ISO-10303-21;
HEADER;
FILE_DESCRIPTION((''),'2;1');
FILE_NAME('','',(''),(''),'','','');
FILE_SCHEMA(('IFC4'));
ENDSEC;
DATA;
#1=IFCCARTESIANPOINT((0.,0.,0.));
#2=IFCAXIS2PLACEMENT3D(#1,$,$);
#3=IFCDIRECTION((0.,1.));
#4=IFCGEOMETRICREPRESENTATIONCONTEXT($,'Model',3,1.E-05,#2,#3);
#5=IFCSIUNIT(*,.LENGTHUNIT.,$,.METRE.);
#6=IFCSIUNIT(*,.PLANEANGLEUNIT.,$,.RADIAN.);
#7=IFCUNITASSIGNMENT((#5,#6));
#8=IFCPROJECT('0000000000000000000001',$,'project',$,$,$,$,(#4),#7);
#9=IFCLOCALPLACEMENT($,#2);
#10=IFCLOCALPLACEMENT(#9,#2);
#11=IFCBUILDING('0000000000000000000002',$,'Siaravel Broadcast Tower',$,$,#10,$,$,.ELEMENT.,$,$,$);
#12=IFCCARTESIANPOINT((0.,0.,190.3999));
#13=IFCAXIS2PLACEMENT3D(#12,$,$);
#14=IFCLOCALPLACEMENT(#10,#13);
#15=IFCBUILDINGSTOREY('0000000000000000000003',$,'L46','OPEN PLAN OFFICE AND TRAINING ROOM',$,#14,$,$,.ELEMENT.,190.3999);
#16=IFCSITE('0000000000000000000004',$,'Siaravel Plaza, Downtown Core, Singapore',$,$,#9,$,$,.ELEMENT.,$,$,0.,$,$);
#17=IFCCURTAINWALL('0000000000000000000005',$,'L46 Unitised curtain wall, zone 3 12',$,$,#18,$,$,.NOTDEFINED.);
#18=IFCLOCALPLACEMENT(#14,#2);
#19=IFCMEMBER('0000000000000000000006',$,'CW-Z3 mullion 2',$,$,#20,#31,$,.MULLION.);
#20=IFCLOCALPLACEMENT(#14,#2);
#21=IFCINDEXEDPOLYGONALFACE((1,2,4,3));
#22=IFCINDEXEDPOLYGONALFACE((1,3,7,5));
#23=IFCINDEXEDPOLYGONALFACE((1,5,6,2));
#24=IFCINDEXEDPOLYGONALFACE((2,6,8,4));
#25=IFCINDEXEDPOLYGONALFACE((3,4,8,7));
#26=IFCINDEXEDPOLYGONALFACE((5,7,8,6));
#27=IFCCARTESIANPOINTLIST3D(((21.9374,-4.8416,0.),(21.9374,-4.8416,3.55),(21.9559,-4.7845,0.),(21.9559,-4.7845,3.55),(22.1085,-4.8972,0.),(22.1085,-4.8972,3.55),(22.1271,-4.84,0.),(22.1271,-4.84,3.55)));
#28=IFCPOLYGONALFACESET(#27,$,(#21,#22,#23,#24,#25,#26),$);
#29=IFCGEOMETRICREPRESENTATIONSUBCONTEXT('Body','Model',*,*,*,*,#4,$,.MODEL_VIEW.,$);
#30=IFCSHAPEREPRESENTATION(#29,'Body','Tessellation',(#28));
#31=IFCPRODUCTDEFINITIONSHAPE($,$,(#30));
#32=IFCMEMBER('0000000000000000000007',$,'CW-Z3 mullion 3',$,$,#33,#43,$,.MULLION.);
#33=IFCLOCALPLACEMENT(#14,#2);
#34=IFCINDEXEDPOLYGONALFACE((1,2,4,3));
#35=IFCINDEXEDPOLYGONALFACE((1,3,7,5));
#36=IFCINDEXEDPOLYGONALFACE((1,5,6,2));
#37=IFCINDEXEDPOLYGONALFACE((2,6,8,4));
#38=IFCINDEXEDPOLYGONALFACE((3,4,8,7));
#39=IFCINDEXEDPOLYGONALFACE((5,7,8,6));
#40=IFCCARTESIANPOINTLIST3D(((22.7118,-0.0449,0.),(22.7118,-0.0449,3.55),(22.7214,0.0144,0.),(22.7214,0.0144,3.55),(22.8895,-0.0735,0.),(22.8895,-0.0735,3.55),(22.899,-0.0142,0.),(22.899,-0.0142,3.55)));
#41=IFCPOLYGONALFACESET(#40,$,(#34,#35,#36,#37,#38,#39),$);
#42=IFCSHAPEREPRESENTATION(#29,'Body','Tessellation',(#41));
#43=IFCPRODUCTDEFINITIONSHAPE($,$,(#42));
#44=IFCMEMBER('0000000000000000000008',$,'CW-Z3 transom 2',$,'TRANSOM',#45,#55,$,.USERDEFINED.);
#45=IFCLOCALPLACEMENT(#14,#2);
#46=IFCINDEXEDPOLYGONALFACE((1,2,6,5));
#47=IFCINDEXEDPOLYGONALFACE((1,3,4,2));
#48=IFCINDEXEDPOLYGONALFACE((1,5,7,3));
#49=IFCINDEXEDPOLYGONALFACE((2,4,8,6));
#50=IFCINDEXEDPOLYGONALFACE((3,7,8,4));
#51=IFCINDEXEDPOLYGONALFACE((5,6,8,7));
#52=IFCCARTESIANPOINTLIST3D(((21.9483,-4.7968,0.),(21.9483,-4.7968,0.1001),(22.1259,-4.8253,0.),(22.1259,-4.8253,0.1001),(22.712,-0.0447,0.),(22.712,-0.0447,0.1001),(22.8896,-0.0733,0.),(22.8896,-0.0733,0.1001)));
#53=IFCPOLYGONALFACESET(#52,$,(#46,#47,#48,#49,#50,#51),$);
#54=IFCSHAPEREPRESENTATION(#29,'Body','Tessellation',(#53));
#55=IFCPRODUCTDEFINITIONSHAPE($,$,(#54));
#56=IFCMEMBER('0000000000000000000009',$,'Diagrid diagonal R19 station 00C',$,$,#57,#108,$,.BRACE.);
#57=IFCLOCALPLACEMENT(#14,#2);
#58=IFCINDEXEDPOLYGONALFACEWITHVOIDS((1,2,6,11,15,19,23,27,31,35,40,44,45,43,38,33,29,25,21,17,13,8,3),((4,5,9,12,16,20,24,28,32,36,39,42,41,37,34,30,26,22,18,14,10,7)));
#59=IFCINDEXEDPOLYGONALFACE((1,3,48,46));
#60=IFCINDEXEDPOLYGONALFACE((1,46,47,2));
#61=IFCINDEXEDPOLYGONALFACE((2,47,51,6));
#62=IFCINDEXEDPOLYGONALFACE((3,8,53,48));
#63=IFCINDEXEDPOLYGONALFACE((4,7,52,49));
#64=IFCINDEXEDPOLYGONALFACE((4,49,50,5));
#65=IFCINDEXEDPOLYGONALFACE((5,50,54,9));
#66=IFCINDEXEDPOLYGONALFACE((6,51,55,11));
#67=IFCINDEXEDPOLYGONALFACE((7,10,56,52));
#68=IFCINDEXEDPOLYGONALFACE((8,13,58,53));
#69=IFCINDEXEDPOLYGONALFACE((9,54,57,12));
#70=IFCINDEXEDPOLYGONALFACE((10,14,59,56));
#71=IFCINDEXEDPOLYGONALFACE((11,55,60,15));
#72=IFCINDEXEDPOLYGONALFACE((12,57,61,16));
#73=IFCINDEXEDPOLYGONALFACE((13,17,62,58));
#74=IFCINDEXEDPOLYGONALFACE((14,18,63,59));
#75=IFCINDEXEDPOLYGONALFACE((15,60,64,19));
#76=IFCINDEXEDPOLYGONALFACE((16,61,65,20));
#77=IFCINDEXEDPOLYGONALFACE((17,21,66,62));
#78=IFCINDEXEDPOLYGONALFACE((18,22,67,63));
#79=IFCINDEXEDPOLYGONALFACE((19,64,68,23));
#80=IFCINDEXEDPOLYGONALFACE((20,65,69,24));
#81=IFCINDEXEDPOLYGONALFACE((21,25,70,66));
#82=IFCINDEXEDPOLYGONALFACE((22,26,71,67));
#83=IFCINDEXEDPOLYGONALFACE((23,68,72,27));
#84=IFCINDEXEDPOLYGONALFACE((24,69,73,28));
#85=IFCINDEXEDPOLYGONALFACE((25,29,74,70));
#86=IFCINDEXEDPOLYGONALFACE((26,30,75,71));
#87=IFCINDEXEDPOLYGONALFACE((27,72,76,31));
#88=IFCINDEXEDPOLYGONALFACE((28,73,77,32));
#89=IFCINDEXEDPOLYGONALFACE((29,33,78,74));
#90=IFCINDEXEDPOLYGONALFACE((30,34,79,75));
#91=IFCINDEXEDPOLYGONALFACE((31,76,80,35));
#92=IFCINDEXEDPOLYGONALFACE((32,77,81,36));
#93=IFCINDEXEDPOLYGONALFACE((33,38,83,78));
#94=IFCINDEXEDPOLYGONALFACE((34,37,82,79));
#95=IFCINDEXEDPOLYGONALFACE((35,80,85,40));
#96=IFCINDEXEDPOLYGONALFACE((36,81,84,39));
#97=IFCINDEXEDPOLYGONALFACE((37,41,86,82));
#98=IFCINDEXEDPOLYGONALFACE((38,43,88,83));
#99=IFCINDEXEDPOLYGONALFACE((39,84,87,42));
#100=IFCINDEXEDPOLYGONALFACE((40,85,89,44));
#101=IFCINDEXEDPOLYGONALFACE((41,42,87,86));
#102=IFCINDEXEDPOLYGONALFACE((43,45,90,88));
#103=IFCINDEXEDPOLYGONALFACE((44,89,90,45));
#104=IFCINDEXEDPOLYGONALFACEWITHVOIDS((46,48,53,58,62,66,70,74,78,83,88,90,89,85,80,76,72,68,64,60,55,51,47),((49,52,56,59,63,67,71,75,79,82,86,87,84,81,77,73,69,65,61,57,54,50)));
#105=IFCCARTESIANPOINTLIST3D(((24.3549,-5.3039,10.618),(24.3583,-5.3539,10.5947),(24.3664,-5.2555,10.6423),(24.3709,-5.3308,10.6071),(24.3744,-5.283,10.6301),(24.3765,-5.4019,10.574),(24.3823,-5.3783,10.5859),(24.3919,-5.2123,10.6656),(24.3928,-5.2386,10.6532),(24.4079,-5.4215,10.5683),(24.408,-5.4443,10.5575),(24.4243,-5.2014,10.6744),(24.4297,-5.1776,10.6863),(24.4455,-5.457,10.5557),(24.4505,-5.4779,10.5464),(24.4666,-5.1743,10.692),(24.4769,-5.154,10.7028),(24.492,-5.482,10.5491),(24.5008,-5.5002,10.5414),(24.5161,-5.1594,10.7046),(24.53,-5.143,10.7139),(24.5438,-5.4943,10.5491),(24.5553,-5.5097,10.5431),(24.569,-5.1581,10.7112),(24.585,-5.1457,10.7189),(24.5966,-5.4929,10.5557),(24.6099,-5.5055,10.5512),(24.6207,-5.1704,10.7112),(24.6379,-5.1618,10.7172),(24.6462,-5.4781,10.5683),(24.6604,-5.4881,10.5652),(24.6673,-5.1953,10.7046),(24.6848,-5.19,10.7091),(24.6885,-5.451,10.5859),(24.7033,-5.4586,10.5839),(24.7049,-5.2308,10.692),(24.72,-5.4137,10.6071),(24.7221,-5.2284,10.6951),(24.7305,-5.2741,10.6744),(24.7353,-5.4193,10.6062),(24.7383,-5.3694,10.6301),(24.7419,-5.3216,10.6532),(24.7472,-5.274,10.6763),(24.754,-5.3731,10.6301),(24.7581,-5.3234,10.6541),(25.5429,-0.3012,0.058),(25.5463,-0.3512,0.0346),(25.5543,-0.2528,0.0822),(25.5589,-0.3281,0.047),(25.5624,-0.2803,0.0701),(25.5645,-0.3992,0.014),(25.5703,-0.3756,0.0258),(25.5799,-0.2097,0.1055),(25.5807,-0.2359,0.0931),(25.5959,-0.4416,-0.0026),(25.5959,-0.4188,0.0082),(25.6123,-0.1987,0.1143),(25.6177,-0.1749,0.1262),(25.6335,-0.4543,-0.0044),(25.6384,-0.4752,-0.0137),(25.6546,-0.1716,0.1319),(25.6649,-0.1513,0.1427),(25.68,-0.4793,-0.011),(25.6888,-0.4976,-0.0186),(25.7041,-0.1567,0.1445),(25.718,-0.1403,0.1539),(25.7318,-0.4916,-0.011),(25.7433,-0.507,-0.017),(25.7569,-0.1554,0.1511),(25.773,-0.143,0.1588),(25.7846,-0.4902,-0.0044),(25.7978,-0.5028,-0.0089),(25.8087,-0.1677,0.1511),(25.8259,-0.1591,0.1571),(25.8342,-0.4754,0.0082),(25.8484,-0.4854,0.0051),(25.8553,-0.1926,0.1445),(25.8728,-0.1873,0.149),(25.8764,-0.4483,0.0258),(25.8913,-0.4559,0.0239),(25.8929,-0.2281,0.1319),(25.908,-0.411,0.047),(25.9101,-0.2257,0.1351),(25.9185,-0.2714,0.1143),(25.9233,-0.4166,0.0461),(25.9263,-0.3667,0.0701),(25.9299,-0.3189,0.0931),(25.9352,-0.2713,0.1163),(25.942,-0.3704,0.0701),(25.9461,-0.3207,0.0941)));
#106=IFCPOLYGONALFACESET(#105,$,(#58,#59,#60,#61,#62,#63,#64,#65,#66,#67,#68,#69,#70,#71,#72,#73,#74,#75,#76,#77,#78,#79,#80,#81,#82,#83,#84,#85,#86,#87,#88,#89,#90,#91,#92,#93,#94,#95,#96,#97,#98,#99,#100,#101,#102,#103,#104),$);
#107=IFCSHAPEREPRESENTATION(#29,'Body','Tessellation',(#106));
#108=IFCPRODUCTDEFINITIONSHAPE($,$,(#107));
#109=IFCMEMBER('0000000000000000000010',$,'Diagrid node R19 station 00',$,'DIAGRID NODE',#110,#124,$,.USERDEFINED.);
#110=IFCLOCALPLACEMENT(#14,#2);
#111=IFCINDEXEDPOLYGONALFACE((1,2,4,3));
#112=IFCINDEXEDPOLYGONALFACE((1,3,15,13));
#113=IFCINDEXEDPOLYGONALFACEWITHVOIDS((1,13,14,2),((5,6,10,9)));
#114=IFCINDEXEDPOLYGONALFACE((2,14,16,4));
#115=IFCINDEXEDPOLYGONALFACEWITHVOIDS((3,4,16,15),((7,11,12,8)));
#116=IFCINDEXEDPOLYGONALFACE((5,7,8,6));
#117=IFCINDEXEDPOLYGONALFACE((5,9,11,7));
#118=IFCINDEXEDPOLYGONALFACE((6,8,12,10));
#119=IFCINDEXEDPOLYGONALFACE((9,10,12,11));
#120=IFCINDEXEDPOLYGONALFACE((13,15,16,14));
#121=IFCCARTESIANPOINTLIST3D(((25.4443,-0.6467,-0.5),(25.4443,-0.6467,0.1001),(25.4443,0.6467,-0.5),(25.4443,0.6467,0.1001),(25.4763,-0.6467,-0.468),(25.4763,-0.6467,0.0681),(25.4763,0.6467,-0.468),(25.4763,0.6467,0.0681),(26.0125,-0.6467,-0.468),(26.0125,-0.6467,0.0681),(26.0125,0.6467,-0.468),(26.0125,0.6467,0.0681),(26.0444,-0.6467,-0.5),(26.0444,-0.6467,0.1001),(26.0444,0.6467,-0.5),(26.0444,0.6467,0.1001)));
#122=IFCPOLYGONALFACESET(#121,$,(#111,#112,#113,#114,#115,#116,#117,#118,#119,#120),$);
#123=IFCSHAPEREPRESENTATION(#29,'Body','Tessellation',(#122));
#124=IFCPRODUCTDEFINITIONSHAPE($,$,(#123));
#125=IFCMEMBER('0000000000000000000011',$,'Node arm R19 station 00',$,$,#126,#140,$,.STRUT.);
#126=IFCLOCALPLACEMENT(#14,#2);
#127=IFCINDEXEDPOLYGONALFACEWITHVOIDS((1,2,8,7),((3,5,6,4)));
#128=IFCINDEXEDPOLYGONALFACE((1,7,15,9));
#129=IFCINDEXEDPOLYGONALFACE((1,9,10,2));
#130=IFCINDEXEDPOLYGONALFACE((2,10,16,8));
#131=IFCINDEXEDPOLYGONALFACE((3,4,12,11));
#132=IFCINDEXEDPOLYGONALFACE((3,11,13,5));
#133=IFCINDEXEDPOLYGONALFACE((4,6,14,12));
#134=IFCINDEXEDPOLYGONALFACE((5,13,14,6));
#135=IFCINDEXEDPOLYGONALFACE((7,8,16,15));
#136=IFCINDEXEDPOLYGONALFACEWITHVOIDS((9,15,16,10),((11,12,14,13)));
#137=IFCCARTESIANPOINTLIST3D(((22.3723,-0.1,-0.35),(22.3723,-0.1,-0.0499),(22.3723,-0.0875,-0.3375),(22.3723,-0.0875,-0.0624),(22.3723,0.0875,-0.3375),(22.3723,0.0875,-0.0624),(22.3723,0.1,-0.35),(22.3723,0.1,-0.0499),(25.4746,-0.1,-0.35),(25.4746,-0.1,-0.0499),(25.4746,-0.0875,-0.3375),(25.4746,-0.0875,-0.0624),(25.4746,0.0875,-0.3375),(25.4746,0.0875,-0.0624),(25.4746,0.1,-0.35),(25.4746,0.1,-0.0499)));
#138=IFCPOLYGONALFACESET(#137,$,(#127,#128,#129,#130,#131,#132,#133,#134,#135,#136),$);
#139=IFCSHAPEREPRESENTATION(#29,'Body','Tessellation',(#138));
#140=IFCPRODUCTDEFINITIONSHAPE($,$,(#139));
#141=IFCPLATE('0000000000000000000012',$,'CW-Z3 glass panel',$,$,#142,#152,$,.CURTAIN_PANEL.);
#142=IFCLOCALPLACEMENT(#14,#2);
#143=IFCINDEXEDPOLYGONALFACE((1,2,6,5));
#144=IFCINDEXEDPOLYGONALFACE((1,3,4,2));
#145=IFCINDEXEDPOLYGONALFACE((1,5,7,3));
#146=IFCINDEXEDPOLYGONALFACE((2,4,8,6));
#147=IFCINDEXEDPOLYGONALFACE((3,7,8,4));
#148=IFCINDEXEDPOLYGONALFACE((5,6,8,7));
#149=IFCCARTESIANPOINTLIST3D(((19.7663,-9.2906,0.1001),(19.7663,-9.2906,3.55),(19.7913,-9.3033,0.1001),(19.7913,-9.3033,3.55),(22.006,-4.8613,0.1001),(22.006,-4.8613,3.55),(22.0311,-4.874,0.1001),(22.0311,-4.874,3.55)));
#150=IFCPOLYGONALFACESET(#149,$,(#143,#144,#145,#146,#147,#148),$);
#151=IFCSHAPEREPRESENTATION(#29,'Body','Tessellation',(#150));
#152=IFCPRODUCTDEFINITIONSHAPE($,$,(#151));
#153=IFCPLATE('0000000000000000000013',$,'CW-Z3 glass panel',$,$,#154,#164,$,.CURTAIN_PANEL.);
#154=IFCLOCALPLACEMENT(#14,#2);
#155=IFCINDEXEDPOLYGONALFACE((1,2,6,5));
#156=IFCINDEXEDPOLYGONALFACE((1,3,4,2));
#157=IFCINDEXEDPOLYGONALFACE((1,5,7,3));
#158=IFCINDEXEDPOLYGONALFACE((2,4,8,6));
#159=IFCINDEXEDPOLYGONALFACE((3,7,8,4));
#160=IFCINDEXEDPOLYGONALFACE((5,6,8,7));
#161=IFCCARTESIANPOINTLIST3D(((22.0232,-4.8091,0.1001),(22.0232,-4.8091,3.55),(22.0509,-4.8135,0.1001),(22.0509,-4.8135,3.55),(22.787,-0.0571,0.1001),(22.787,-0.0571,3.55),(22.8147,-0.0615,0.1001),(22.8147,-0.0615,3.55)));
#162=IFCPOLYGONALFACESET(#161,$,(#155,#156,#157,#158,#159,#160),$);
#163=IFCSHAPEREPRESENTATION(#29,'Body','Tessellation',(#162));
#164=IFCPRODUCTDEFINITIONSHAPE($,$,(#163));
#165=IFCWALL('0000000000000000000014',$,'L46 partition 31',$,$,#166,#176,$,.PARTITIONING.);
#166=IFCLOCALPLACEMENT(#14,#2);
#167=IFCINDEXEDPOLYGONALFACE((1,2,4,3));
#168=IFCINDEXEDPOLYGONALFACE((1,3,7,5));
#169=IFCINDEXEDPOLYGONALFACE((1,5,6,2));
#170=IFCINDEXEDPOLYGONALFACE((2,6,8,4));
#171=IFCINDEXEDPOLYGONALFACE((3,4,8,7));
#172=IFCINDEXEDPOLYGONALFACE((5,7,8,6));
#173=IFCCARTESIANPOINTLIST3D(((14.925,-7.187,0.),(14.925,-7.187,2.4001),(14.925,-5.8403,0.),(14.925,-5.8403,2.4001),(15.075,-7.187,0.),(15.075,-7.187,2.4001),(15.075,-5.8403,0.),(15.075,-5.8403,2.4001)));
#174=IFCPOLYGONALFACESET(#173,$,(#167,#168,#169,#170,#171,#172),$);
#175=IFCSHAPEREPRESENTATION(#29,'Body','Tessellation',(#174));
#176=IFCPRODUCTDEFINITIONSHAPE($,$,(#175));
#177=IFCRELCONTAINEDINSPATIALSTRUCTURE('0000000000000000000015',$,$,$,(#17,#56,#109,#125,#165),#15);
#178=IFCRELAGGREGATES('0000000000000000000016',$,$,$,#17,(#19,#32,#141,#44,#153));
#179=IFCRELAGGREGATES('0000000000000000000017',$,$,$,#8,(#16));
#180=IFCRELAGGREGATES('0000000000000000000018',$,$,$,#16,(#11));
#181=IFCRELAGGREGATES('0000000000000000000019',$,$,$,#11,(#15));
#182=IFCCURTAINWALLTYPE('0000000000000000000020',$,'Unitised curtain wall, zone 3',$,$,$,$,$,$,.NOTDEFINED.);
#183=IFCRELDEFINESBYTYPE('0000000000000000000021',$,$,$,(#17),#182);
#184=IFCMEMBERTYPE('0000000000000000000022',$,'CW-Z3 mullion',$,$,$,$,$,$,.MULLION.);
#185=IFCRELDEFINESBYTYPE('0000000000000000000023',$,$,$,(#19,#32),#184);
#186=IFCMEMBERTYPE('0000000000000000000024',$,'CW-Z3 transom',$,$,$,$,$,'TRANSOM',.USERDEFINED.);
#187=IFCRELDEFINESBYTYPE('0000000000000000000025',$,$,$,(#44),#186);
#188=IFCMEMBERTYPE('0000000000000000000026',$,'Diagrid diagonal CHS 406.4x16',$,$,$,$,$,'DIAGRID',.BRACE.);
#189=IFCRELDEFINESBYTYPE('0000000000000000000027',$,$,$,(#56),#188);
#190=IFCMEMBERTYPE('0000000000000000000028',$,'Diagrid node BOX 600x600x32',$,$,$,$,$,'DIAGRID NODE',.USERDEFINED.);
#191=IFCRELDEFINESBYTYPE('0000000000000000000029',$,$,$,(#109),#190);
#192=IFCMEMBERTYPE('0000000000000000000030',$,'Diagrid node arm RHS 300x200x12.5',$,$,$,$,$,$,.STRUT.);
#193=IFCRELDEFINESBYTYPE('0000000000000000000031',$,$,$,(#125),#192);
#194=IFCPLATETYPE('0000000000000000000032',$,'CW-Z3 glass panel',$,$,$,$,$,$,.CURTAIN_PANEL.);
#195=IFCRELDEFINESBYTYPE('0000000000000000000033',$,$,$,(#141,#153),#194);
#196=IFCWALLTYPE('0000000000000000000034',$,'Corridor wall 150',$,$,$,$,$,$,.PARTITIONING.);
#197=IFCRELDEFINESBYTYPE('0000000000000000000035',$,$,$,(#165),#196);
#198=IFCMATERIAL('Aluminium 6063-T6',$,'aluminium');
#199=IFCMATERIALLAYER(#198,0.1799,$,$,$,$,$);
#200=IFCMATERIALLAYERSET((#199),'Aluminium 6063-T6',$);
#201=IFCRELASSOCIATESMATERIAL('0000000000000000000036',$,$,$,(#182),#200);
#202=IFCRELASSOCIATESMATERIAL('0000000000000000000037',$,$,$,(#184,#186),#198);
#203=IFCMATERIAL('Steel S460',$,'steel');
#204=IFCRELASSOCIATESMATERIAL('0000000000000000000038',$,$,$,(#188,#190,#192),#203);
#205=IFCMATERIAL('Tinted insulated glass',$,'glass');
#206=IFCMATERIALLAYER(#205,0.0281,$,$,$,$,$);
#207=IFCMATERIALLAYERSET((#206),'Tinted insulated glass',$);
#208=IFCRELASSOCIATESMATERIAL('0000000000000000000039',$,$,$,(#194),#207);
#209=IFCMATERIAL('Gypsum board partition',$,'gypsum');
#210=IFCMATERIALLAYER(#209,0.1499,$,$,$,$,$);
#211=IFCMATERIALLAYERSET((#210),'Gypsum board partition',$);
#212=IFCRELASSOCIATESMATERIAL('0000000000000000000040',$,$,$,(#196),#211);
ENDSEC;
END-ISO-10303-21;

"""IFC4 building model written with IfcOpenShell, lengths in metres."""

from ifc_helpers import new_model, si_unit, direction, frame, frame_2d, origin, origin_2d, place, context, subcontext, project, spatial, rectangle, hollow_rectangle, hollow_circle, extrude, material, layer, layer_set, material_profile, profile_set, type_object, element, aggregate, save


model = new_model("IFC4")

# Units and contexts
model_context = context("Model", 3, precision=1e-05, world=origin(), true_north=direction((0.0, 1.0)))
body_context = subcontext(model_context, "Body", "Model", "MODEL_VIEW")
ifc_project = project(units=[si_unit("LENGTHUNIT", "METRE"), si_unit("PLANEANGLEUNIT", "RADIAN")], contexts=[model_context])

# Site, building, storey
site_placement = place(None, origin())
site = spatial("IfcSite", under=ifc_project, at=site_placement, Name="Siaravel Plaza, Downtown Core, Singapore", CompositionType="ELEMENT", RefElevation=0.0)
building_placement = place(site_placement, origin())
building = spatial("IfcBuilding", under=site, at=building_placement, Name="Siaravel Broadcast Tower", CompositionType="ELEMENT")
storey_placement = place(building_placement, frame((0.0, 0.0, 190.3999)))
storey = spatial("IfcBuildingStorey", under=building, at=storey_placement, Name="L46", Description="OPEN PLAN OFFICE AND TRAINING ROOM", CompositionType="ELEMENT", Elevation=190.3999)

# Curtain wall, members
ifc_material_1 = material(Name="Aluminium 6063-T6", Category="aluminium")
ifc_layer_1 = layer(ifc_material_1, 0.1799)
ifc_layer_set_1 = layer_set([ifc_layer_1], Name="Aluminium 6063-T6")
curtain_wall_type = type_object("IfcCurtainWallType", Name="Unitised curtain wall, zone 3", PredefinedType="NOTDEFINED", material=ifc_layer_set_1)
curtain_wall_placement = place(storey_placement, origin())
curtain_wall = element("IfcCurtainWall", 1, at=curtain_wall_placement, inside=storey, type_object=curtain_wall_type, Name="L46 Unitised curtain wall, zone 3 12", PredefinedType="NOTDEFINED")
ifc_material_profile_1 = material_profile(ifc_material_1, rectangle(XDim=0.1799, YDim=0.0601, at=origin_2d()))
ifc_profile_set_1 = profile_set([ifc_material_profile_1], Name="Aluminium 6063-T6")
member_type_1 = type_object("IfcMemberType", Name="CW-Z3 mullion", PredefinedType="MULLION", material=ifc_profile_set_1)
member_1_placement = place(storey_placement, frame((22.0322, -4.8408, 0.0), z_axis=(0.0, 0.0, 1.0), x_axis=(-0.951177, 0.308645, 0.0)))
member_1 = element("IfcMember", 2, at=member_1_placement, type_object=member_type_1, Name="CW-Z3 mullion 2", PredefinedType="MULLION", context=body_context, shape_type="SweptSolid", body=[
    extrude(rectangle(XDim=0.1799, YDim=0.0601, at=origin_2d()), origin(), (0.0, 0.0, 1.0), 3.55),
])
member_2_placement = place(storey_placement, frame((22.8054, -0.0295, 0.0), z_axis=(0.0, 0.0, 1.0), x_axis=(-0.987329, 0.158685, 0.0)))
member_2 = element("IfcMember", 3, at=member_2_placement, type_object=member_type_1, Name="CW-Z3 mullion 3", PredefinedType="MULLION", context=body_context, shape_type="SweptSolid", body=[
    extrude(rectangle(XDim=0.1799, YDim=0.0601, at=origin_2d()), origin(), (0.0, 0.0, 1.0), 3.55),
])
ifc_material_profile_2 = material_profile(ifc_material_1, rectangle(XDim=0.1799, YDim=0.1001, at=origin_2d()))
ifc_profile_set_2 = profile_set([ifc_material_profile_2], Name="Aluminium 6063-T6")
member_type_2 = type_object("IfcMemberType", Name="CW-Z3 transom", ElementType="TRANSOM", PredefinedType="USERDEFINED", material=ifc_profile_set_2)
member_3_placement = place(storey_placement, frame((22.0371, -4.811, 0.05), z_axis=(0.158671, 0.987332, 0.0), x_axis=(-0.987332, 0.158671, 0.0)))
member_3 = element("IfcMember", 4, at=member_3_placement, type_object=member_type_2, Name="CW-Z3 transom 2", ObjectType="TRANSOM", PredefinedType="USERDEFINED", context=body_context, shape_type="SweptSolid", body=[
    extrude(rectangle(XDim=0.1799, YDim=0.1001, at=origin_2d()), origin(), (0.0, 0.0, 1.0), 4.813),
])

# Members
ifc_material_2 = material(Name="Steel S460", Category="steel")
ifc_material_profile_3 = material_profile(ifc_material_2, hollow_circle(Radius=0.2031, WallThickness=0.0161, at=origin_2d()))
ifc_profile_set_3 = profile_set([ifc_material_profile_3], Name="Steel S460")
member_type_3 = type_object("IfcMemberType", Name="Diagrid diagonal CHS 406.4x16", ElementType="DIAGRID", PredefinedType="BRACE", material=ifc_profile_set_3)
member_4_placement = place(storey_placement, frame((25.7444, -0.3235, 0.0701), z_axis=(-0.101145, -0.425929, 0.899085), x_axis=(0.972943, -0.231045, 0.0)))
element("IfcMember", 5, at=member_4_placement, inside=storey, type_object=member_type_3, Name="Diagrid diagonal R19 station 00C", PredefinedType="BRACE", context=body_context, shape_type="SweptSolid", body=[
    extrude(hollow_circle(Radius=0.2031, WallThickness=0.0161, at=origin_2d()), origin(), (0.0, 0.0, 1.0), 11.7454),
])
ifc_material_profile_4 = material_profile(ifc_material_2, hollow_rectangle(XDim=0.6001, YDim=0.6001, WallThickness=0.032, at=origin_2d()))
ifc_profile_set_4 = profile_set([ifc_material_profile_4], Name="Steel S460")
member_type_4 = type_object("IfcMemberType", Name="Diagrid node BOX 600x600x32", ElementType="DIAGRID NODE", PredefinedType="USERDEFINED", material=ifc_profile_set_4)
member_5_placement = place(storey_placement, frame((25.7444, -0.6467, -0.2), z_axis=(0.0, 1.0, 0.0), x_axis=(-1.0, 0.0, 0.0)))
element("IfcMember", 6, at=member_5_placement, inside=storey, type_object=member_type_4, Name="Diagrid node R19 station 00", ObjectType="DIAGRID NODE", PredefinedType="USERDEFINED", context=body_context, shape_type="SweptSolid", body=[
    extrude(hollow_rectangle(XDim=0.6001, YDim=0.6001, WallThickness=0.032, at=origin_2d()), origin(), (0.0, 0.0, 1.0), 1.2935),
])
ifc_material_profile_5 = material_profile(ifc_material_2, hollow_rectangle(XDim=0.2, YDim=0.3, WallThickness=0.0125, at=origin_2d()))
ifc_profile_set_5 = profile_set([ifc_material_profile_5], Name="Steel S460")
member_type_5 = type_object("IfcMemberType", Name="Diagrid node arm RHS 300x200x12.5", PredefinedType="STRUT", material=ifc_profile_set_5)
member_6_placement = place(storey_placement, frame((22.3723, 0.0, -0.2), z_axis=(1.0, 0.0, 0.0), x_axis=(0.0, 1.0, 0.0)))
element("IfcMember", 7, at=member_6_placement, inside=storey, type_object=member_type_5, Name="Node arm R19 station 00", PredefinedType="STRUT", context=body_context, shape_type="SweptSolid", body=[
    extrude(hollow_rectangle(XDim=0.2, YDim=0.3, WallThickness=0.0125, at=origin_2d()), origin(), (0.0, 0.0, 1.0), 3.1023),
])

# Plates
ifc_material_3 = material(Name="Tinted insulated glass", Category="glass")
ifc_layer_2 = layer(ifc_material_3, 0.0281)
ifc_layer_set_2 = layer_set([ifc_layer_2], Name="Tinted insulated glass")
plate_type = type_object("IfcPlateType", Name="CW-Z3 glass panel", PredefinedType="CURTAIN_PANEL", material=ifc_layer_set_2)
plate_1_placement = place(storey_placement, frame((20.8987, -7.0823, 0.1001), z_axis=(0.0, 0.0, 1.0), x_axis=(0.451261, 0.892392, 0.0)))
plate_1 = element("IfcPlate", 8, at=plate_1_placement, type_object=plate_type, Name="CW-Z3 glass panel", PredefinedType="CURTAIN_PANEL", context=body_context, shape_type="SweptSolid", body=[
    extrude(rectangle(XDim=4.9634, YDim=0.0281, at=origin_2d()), origin(), (0.0, 0.0, 1.0), 3.45),
])
plate_2_placement = place(storey_placement, frame((22.4189, -2.4353, 0.1001), z_axis=(0.0, 0.0, 1.0), x_axis=(0.158685, 0.987329, 0.0)))
plate_2 = element("IfcPlate", 9, at=plate_2_placement, type_object=plate_type, Name="CW-Z3 glass panel", PredefinedType="CURTAIN_PANEL", context=body_context, shape_type="SweptSolid", body=[
    extrude(rectangle(XDim=4.813, YDim=0.0281, at=origin_2d()), origin(), (0.0, 0.0, 1.0), 3.45),
])
aggregate(curtain_wall, [member_1, member_2, plate_1, member_3, plate_2])

# Wall
ifc_material_4 = material(Name="Gypsum board partition", Category="gypsum")
ifc_layer_3 = layer(ifc_material_4, 0.1499)
ifc_layer_set_3 = layer_set([ifc_layer_3], Name="Gypsum board partition")
wall_type_1 = type_object("IfcWallType", Name="Corridor wall 150", PredefinedType="PARTITIONING", material=ifc_layer_set_3)
wall_1_placement = place(storey_placement, frame((15.0, -7.187, 0.0), z_axis=(0.0, 0.0, 1.0), x_axis=(0.0, 1.0, 0.0)))
element("IfcWall", 10, at=wall_1_placement, inside=storey, type_object=wall_type_1, Name="L46 partition 31", PredefinedType="PARTITIONING", context=body_context, shape_type="SweptSolid", body=[
    extrude(rectangle(XDim=1.3467, YDim=0.1499, at=frame_2d((0.6733, 0.0))), origin(), (0.0, 0.0, 1.0), 2.4001),
])

save(model, "model.ifc")
